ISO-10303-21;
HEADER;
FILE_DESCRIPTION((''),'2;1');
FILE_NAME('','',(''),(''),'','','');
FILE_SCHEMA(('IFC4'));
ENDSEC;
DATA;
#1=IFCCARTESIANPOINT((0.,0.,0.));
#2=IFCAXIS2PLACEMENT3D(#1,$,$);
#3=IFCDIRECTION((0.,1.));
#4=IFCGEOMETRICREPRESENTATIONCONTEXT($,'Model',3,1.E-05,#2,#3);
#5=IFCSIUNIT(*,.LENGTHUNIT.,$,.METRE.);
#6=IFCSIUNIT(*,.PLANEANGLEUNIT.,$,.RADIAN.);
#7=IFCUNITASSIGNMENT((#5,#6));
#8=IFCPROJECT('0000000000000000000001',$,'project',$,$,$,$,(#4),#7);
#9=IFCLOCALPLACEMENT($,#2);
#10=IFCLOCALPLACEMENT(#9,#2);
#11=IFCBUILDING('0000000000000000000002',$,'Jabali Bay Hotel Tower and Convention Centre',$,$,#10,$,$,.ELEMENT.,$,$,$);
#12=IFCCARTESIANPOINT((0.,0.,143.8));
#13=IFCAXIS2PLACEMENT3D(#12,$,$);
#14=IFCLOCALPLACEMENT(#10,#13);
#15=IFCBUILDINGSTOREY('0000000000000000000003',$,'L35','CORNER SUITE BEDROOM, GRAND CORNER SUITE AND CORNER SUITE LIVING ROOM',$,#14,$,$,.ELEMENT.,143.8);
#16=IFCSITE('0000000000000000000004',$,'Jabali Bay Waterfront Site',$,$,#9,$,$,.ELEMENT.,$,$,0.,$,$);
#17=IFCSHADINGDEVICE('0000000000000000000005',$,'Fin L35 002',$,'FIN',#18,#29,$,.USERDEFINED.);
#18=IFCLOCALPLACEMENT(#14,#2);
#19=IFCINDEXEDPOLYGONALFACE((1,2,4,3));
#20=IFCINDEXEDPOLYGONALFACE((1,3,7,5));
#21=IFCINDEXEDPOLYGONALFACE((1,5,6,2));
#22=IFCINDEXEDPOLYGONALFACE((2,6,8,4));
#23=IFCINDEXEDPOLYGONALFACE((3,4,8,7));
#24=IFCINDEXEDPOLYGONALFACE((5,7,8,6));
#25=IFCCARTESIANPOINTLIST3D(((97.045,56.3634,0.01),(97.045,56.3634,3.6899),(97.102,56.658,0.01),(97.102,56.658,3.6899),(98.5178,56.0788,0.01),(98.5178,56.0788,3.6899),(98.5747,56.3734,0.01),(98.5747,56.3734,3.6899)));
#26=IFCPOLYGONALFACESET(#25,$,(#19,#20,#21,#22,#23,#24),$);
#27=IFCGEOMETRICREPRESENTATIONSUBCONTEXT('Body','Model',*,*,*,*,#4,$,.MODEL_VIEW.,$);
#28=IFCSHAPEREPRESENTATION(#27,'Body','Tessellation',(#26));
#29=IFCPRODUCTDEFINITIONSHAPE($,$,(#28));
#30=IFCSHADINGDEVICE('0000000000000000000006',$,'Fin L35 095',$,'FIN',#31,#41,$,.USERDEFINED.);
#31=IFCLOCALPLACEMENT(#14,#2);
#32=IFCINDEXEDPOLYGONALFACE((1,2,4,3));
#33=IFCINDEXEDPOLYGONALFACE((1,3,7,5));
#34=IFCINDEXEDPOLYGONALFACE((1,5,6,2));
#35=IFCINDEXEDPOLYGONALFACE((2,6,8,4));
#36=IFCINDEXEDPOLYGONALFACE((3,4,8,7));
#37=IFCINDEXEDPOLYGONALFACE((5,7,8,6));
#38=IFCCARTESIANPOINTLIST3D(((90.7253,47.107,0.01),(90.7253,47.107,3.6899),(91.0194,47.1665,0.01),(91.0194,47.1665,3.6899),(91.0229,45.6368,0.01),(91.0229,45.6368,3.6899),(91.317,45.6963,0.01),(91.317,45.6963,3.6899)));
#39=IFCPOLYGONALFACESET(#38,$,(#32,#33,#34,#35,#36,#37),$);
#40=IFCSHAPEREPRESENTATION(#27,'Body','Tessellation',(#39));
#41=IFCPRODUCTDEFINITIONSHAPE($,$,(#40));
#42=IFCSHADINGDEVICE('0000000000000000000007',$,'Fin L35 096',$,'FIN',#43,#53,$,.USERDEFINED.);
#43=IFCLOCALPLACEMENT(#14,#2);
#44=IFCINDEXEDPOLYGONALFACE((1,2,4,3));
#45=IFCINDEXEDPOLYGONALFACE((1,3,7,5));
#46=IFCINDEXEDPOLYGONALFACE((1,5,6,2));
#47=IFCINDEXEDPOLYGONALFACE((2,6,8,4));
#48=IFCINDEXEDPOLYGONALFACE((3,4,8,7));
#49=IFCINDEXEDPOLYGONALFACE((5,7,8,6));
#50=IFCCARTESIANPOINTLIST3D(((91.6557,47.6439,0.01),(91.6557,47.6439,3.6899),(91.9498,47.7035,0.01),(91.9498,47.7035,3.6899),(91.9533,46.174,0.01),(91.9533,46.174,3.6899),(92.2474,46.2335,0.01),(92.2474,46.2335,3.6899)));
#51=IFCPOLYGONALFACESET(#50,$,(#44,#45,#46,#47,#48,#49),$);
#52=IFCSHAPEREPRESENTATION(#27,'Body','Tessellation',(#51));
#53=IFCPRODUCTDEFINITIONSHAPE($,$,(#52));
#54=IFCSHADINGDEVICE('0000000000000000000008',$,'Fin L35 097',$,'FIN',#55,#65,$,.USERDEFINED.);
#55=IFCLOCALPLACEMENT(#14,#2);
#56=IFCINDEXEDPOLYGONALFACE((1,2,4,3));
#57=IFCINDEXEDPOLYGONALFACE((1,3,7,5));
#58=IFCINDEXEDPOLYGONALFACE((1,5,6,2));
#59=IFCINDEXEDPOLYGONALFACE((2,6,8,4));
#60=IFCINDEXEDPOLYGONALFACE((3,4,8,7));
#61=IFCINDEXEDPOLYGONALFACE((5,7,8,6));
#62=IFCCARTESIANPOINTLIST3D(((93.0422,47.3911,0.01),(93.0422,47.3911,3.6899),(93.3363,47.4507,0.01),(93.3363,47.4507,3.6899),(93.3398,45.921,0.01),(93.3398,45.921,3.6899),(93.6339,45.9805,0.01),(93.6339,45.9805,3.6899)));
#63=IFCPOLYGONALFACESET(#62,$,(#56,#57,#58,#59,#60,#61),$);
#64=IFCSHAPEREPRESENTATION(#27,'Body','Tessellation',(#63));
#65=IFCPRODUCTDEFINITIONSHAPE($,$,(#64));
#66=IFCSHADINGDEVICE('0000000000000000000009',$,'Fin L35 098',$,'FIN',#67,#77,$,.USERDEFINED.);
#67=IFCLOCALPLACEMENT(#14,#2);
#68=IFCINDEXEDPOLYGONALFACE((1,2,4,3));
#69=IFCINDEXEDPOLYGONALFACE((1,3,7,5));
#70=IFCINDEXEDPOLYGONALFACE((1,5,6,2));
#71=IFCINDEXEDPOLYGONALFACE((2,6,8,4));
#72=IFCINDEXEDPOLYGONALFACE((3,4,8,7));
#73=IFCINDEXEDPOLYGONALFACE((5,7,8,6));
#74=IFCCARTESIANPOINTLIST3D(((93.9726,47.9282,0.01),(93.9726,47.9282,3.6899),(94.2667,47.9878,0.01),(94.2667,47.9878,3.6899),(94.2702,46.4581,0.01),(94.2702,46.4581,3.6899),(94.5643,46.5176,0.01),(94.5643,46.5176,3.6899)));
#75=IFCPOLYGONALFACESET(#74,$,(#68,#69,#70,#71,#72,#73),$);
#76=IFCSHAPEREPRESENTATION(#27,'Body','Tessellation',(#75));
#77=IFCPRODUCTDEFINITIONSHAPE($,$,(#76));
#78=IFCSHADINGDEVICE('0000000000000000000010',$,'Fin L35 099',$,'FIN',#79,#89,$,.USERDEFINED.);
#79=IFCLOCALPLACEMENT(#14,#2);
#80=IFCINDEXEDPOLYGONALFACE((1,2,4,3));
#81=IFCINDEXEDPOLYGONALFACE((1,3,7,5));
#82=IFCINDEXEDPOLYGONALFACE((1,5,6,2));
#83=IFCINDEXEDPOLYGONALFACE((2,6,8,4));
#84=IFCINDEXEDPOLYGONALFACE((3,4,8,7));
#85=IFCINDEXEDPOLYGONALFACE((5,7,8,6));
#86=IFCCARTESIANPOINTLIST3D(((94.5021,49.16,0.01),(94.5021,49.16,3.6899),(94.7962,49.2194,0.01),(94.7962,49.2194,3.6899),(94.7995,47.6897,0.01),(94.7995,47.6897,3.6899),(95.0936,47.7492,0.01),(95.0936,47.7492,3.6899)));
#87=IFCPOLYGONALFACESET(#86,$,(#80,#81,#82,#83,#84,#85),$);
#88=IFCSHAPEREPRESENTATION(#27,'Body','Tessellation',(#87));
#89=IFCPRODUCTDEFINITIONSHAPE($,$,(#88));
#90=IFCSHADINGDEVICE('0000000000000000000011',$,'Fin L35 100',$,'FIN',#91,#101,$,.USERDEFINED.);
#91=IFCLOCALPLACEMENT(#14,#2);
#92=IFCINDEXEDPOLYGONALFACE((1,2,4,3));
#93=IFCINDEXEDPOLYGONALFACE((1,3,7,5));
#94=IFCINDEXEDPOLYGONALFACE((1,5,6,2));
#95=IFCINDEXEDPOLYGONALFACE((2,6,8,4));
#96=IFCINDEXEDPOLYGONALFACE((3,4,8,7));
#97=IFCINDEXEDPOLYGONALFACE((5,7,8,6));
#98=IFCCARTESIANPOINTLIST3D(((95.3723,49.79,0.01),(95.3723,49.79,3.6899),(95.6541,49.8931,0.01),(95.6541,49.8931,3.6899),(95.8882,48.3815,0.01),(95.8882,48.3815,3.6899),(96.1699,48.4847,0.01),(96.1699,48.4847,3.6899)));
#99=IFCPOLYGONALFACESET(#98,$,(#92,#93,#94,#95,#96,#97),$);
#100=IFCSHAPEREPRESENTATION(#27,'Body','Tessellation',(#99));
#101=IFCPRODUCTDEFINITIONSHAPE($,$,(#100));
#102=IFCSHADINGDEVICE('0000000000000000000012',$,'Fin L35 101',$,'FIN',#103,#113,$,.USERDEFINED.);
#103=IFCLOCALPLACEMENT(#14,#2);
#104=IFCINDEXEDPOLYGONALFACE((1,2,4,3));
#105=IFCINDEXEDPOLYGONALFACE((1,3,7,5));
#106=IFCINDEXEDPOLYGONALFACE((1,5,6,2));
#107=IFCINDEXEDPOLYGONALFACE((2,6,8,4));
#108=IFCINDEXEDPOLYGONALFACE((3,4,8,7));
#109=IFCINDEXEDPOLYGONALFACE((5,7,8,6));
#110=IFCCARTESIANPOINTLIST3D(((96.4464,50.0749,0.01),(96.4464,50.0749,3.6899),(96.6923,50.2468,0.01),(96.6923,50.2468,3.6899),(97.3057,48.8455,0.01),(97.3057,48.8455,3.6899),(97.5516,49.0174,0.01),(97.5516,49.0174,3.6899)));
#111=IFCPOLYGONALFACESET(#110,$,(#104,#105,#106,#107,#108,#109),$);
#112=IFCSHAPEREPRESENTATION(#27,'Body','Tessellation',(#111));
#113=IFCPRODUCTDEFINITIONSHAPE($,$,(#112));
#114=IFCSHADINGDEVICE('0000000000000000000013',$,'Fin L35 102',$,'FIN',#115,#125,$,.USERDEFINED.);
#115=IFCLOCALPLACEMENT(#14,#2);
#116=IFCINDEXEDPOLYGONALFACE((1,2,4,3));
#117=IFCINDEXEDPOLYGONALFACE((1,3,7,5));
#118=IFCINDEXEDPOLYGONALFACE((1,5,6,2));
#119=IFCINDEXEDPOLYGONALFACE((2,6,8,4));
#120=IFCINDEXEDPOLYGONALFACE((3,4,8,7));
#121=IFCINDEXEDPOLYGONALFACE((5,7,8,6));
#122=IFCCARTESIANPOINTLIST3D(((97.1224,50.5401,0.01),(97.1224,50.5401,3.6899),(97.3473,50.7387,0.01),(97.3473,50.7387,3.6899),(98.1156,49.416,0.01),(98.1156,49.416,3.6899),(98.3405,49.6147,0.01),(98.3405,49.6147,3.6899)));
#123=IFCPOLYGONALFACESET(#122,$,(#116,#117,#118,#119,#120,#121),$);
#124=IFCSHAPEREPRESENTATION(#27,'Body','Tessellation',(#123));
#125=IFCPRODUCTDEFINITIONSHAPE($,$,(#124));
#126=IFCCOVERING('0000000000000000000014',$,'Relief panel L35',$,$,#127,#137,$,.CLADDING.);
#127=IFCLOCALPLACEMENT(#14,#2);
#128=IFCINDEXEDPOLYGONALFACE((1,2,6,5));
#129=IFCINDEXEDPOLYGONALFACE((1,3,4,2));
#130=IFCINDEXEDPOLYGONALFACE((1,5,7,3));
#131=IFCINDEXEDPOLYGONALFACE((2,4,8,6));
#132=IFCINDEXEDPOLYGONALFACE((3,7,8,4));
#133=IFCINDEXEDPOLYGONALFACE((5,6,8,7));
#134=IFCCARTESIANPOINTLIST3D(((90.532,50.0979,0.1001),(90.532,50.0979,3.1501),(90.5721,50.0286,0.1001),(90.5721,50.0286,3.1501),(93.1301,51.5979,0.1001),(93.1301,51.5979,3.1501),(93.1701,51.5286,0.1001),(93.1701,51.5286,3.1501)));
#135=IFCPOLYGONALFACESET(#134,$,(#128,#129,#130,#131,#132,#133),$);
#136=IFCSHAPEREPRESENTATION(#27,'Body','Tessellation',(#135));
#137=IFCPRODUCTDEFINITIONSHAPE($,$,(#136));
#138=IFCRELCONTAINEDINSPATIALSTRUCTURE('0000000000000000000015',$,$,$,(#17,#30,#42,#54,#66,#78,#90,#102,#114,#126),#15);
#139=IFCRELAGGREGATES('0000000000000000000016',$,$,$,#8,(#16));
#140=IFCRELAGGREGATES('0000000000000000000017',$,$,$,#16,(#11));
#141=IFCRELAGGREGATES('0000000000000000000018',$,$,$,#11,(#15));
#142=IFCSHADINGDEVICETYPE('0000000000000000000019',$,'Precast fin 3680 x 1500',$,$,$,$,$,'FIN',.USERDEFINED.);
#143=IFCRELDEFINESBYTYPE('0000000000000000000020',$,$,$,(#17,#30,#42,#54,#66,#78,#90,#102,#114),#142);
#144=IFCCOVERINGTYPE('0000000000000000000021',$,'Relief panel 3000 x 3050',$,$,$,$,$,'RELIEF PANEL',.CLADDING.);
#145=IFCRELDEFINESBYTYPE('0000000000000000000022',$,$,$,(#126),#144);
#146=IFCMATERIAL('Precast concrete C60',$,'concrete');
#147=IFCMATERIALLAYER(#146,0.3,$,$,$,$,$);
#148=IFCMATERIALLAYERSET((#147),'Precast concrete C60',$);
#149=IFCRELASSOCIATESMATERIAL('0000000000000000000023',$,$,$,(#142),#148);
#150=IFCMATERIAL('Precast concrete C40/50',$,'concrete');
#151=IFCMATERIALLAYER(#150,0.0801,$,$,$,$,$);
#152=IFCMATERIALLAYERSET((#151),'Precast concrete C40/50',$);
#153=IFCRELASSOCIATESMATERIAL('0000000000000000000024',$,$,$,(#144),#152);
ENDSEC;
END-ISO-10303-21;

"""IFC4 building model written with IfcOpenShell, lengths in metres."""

from ifc_helpers import new_model, si_unit, direction, frame, frame_2d, origin, origin_2d, place, context, subcontext, project, spatial, rectangle, extrude, material, layer, layer_set, type_object, element, save


model = new_model("IFC4")

# Units and contexts
model_context = context("Model", 3, precision=1e-05, world=origin(), true_north=direction((0.0, 1.0)))
body_context = subcontext(model_context, "Body", "Model", "MODEL_VIEW")
ifc_project = project(units=[si_unit("LENGTHUNIT", "METRE"), si_unit("PLANEANGLEUNIT", "RADIAN")], contexts=[model_context])

# Site, building, storey
site_placement = place(None, origin())
site = spatial("IfcSite", under=ifc_project, at=site_placement, Name="Jabali Bay Waterfront Site", CompositionType="ELEMENT", RefElevation=0.0)
building_placement = place(site_placement, origin())
building = spatial("IfcBuilding", under=site, at=building_placement, Name="Jabali Bay Hotel Tower and Convention Centre", CompositionType="ELEMENT")
storey_placement = place(building_placement, frame((0.0, 0.0, 143.8)))
storey = spatial("IfcBuildingStorey", under=building, at=storey_placement, Name="L35", Description="CORNER SUITE BEDROOM, GRAND CORNER SUITE AND CORNER SUITE LIVING ROOM", CompositionType="ELEMENT", Elevation=143.8)

# Shading devices
ifc_material_1 = material(Name="Precast concrete C60", Category="concrete")
ifc_layer_1 = layer(ifc_material_1, 0.3)
ifc_layer_set_1 = layer_set([ifc_layer_1], Name="Precast concrete C60")
shading_device_type = type_object("IfcShadingDeviceType", Name="Precast fin 3680 x 1500", ElementType="FIN", PredefinedType="USERDEFINED", material=ifc_layer_set_1)
for number, where, z_axis, x_axis, name in (
    (1, (97.0735, 56.5107, 0.01), (0.0, 0.0, 1.0), (0.981825, -0.189789, 0.0), "Fin L35 002"),
    (2, (90.8723, 47.1367, 0.01), (0.0, 0.0, 1.0), (0.1984, -0.980121, 0.0), "Fin L35 095"),
):
    element("IfcShadingDevice", number, at=place(storey_placement, frame(where, z_axis=z_axis, x_axis=x_axis)), inside=storey, type_object=shading_device_type, Name=name, ObjectType="FIN", PredefinedType="USERDEFINED", context=body_context, shape_type="SweptSolid", body=[
        extrude(rectangle(XDim=1.5, YDim=0.3, at=frame_2d((0.75, 0.0))), origin(), (0.0, 0.0, 1.0), 3.6799),
    ])
shading_device_1_placement = place(storey_placement, frame((91.8027, 47.6738, 0.01), z_axis=(0.0, 0.0, 1.0), x_axis=(0.198432, -0.980115, 0.0)))
element("IfcShadingDevice", 3, at=shading_device_1_placement, inside=storey, type_object=shading_device_type, Name="Fin L35 096", ObjectType="FIN", PredefinedType="USERDEFINED", context=body_context, shape_type="SweptSolid", body=[
    extrude(rectangle(XDim=1.4998, YDim=0.3, at=frame_2d((0.75, 0.0))), origin(), (0.0, 0.0, 1.0), 3.6799),
])
for number, where, z_axis, x_axis, name in (
    (4, (93.1892, 47.4209, 0.01), (0.0, 0.0, 1.0), (0.1984, -0.980121, 0.0), "Fin L35 097"),
    (5, (94.1196, 47.958, 0.01), (0.0, 0.0, 1.0), (0.1984, -0.980121, 0.0), "Fin L35 098"),
    (6, (94.6492, 49.1897, 0.01), (0.0, 0.0, 1.0), (0.198244, -0.980153, 0.0), "Fin L35 099"),
    (7, (95.5132, 49.8416, 0.01), (0.0, 0.0, 1.0), (0.343925, -0.938997, 0.0), "Fin L35 100"),
    (8, (96.5693, 50.1609, 0.01), (0.0, 0.0, 1.0), (0.572894, -0.819629, 0.0), "Fin L35 101"),
    (9, (97.2349, 50.6394, 0.01), (0.0, 0.0, 1.0), (0.662138, -0.749382, 0.0), "Fin L35 102"),
):
    element("IfcShadingDevice", number, at=place(storey_placement, frame(where, z_axis=z_axis, x_axis=x_axis)), inside=storey, type_object=shading_device_type, Name=name, ObjectType="FIN", PredefinedType="USERDEFINED", context=body_context, shape_type="SweptSolid", body=[
        extrude(rectangle(XDim=1.5, YDim=0.3, at=frame_2d((0.75, 0.0))), origin(), (0.0, 0.0, 1.0), 3.6799),
    ])

# Covering
ifc_material_2 = material(Name="Precast concrete C40/50", Category="concrete")
ifc_layer_2 = layer(ifc_material_2, 0.0801)
ifc_layer_set_2 = layer_set([ifc_layer_2], Name="Precast concrete C40/50")
covering_type = type_object("IfcCoveringType", Name="Relief panel 3000 x 3050", ElementType="RELIEF PANEL", PredefinedType="CLADDING", material=ifc_layer_set_2)
covering_placement = place(storey_placement, frame((91.8511, 50.8132, 0.1001), z_axis=(0.0, 0.0, 1.0), x_axis=(-0.866025, -0.5, 0.0)))
element("IfcCovering", 10, at=covering_placement, inside=storey, type_object=covering_type, Name="Relief panel L35", PredefinedType="CLADDING", context=body_context, shape_type="SweptSolid", body=[
    extrude(rectangle(XDim=3.0, YDim=0.0801, at=origin_2d()), origin(), (0.0, 0.0, 1.0), 3.05),
])

save(model, "model.ifc")
